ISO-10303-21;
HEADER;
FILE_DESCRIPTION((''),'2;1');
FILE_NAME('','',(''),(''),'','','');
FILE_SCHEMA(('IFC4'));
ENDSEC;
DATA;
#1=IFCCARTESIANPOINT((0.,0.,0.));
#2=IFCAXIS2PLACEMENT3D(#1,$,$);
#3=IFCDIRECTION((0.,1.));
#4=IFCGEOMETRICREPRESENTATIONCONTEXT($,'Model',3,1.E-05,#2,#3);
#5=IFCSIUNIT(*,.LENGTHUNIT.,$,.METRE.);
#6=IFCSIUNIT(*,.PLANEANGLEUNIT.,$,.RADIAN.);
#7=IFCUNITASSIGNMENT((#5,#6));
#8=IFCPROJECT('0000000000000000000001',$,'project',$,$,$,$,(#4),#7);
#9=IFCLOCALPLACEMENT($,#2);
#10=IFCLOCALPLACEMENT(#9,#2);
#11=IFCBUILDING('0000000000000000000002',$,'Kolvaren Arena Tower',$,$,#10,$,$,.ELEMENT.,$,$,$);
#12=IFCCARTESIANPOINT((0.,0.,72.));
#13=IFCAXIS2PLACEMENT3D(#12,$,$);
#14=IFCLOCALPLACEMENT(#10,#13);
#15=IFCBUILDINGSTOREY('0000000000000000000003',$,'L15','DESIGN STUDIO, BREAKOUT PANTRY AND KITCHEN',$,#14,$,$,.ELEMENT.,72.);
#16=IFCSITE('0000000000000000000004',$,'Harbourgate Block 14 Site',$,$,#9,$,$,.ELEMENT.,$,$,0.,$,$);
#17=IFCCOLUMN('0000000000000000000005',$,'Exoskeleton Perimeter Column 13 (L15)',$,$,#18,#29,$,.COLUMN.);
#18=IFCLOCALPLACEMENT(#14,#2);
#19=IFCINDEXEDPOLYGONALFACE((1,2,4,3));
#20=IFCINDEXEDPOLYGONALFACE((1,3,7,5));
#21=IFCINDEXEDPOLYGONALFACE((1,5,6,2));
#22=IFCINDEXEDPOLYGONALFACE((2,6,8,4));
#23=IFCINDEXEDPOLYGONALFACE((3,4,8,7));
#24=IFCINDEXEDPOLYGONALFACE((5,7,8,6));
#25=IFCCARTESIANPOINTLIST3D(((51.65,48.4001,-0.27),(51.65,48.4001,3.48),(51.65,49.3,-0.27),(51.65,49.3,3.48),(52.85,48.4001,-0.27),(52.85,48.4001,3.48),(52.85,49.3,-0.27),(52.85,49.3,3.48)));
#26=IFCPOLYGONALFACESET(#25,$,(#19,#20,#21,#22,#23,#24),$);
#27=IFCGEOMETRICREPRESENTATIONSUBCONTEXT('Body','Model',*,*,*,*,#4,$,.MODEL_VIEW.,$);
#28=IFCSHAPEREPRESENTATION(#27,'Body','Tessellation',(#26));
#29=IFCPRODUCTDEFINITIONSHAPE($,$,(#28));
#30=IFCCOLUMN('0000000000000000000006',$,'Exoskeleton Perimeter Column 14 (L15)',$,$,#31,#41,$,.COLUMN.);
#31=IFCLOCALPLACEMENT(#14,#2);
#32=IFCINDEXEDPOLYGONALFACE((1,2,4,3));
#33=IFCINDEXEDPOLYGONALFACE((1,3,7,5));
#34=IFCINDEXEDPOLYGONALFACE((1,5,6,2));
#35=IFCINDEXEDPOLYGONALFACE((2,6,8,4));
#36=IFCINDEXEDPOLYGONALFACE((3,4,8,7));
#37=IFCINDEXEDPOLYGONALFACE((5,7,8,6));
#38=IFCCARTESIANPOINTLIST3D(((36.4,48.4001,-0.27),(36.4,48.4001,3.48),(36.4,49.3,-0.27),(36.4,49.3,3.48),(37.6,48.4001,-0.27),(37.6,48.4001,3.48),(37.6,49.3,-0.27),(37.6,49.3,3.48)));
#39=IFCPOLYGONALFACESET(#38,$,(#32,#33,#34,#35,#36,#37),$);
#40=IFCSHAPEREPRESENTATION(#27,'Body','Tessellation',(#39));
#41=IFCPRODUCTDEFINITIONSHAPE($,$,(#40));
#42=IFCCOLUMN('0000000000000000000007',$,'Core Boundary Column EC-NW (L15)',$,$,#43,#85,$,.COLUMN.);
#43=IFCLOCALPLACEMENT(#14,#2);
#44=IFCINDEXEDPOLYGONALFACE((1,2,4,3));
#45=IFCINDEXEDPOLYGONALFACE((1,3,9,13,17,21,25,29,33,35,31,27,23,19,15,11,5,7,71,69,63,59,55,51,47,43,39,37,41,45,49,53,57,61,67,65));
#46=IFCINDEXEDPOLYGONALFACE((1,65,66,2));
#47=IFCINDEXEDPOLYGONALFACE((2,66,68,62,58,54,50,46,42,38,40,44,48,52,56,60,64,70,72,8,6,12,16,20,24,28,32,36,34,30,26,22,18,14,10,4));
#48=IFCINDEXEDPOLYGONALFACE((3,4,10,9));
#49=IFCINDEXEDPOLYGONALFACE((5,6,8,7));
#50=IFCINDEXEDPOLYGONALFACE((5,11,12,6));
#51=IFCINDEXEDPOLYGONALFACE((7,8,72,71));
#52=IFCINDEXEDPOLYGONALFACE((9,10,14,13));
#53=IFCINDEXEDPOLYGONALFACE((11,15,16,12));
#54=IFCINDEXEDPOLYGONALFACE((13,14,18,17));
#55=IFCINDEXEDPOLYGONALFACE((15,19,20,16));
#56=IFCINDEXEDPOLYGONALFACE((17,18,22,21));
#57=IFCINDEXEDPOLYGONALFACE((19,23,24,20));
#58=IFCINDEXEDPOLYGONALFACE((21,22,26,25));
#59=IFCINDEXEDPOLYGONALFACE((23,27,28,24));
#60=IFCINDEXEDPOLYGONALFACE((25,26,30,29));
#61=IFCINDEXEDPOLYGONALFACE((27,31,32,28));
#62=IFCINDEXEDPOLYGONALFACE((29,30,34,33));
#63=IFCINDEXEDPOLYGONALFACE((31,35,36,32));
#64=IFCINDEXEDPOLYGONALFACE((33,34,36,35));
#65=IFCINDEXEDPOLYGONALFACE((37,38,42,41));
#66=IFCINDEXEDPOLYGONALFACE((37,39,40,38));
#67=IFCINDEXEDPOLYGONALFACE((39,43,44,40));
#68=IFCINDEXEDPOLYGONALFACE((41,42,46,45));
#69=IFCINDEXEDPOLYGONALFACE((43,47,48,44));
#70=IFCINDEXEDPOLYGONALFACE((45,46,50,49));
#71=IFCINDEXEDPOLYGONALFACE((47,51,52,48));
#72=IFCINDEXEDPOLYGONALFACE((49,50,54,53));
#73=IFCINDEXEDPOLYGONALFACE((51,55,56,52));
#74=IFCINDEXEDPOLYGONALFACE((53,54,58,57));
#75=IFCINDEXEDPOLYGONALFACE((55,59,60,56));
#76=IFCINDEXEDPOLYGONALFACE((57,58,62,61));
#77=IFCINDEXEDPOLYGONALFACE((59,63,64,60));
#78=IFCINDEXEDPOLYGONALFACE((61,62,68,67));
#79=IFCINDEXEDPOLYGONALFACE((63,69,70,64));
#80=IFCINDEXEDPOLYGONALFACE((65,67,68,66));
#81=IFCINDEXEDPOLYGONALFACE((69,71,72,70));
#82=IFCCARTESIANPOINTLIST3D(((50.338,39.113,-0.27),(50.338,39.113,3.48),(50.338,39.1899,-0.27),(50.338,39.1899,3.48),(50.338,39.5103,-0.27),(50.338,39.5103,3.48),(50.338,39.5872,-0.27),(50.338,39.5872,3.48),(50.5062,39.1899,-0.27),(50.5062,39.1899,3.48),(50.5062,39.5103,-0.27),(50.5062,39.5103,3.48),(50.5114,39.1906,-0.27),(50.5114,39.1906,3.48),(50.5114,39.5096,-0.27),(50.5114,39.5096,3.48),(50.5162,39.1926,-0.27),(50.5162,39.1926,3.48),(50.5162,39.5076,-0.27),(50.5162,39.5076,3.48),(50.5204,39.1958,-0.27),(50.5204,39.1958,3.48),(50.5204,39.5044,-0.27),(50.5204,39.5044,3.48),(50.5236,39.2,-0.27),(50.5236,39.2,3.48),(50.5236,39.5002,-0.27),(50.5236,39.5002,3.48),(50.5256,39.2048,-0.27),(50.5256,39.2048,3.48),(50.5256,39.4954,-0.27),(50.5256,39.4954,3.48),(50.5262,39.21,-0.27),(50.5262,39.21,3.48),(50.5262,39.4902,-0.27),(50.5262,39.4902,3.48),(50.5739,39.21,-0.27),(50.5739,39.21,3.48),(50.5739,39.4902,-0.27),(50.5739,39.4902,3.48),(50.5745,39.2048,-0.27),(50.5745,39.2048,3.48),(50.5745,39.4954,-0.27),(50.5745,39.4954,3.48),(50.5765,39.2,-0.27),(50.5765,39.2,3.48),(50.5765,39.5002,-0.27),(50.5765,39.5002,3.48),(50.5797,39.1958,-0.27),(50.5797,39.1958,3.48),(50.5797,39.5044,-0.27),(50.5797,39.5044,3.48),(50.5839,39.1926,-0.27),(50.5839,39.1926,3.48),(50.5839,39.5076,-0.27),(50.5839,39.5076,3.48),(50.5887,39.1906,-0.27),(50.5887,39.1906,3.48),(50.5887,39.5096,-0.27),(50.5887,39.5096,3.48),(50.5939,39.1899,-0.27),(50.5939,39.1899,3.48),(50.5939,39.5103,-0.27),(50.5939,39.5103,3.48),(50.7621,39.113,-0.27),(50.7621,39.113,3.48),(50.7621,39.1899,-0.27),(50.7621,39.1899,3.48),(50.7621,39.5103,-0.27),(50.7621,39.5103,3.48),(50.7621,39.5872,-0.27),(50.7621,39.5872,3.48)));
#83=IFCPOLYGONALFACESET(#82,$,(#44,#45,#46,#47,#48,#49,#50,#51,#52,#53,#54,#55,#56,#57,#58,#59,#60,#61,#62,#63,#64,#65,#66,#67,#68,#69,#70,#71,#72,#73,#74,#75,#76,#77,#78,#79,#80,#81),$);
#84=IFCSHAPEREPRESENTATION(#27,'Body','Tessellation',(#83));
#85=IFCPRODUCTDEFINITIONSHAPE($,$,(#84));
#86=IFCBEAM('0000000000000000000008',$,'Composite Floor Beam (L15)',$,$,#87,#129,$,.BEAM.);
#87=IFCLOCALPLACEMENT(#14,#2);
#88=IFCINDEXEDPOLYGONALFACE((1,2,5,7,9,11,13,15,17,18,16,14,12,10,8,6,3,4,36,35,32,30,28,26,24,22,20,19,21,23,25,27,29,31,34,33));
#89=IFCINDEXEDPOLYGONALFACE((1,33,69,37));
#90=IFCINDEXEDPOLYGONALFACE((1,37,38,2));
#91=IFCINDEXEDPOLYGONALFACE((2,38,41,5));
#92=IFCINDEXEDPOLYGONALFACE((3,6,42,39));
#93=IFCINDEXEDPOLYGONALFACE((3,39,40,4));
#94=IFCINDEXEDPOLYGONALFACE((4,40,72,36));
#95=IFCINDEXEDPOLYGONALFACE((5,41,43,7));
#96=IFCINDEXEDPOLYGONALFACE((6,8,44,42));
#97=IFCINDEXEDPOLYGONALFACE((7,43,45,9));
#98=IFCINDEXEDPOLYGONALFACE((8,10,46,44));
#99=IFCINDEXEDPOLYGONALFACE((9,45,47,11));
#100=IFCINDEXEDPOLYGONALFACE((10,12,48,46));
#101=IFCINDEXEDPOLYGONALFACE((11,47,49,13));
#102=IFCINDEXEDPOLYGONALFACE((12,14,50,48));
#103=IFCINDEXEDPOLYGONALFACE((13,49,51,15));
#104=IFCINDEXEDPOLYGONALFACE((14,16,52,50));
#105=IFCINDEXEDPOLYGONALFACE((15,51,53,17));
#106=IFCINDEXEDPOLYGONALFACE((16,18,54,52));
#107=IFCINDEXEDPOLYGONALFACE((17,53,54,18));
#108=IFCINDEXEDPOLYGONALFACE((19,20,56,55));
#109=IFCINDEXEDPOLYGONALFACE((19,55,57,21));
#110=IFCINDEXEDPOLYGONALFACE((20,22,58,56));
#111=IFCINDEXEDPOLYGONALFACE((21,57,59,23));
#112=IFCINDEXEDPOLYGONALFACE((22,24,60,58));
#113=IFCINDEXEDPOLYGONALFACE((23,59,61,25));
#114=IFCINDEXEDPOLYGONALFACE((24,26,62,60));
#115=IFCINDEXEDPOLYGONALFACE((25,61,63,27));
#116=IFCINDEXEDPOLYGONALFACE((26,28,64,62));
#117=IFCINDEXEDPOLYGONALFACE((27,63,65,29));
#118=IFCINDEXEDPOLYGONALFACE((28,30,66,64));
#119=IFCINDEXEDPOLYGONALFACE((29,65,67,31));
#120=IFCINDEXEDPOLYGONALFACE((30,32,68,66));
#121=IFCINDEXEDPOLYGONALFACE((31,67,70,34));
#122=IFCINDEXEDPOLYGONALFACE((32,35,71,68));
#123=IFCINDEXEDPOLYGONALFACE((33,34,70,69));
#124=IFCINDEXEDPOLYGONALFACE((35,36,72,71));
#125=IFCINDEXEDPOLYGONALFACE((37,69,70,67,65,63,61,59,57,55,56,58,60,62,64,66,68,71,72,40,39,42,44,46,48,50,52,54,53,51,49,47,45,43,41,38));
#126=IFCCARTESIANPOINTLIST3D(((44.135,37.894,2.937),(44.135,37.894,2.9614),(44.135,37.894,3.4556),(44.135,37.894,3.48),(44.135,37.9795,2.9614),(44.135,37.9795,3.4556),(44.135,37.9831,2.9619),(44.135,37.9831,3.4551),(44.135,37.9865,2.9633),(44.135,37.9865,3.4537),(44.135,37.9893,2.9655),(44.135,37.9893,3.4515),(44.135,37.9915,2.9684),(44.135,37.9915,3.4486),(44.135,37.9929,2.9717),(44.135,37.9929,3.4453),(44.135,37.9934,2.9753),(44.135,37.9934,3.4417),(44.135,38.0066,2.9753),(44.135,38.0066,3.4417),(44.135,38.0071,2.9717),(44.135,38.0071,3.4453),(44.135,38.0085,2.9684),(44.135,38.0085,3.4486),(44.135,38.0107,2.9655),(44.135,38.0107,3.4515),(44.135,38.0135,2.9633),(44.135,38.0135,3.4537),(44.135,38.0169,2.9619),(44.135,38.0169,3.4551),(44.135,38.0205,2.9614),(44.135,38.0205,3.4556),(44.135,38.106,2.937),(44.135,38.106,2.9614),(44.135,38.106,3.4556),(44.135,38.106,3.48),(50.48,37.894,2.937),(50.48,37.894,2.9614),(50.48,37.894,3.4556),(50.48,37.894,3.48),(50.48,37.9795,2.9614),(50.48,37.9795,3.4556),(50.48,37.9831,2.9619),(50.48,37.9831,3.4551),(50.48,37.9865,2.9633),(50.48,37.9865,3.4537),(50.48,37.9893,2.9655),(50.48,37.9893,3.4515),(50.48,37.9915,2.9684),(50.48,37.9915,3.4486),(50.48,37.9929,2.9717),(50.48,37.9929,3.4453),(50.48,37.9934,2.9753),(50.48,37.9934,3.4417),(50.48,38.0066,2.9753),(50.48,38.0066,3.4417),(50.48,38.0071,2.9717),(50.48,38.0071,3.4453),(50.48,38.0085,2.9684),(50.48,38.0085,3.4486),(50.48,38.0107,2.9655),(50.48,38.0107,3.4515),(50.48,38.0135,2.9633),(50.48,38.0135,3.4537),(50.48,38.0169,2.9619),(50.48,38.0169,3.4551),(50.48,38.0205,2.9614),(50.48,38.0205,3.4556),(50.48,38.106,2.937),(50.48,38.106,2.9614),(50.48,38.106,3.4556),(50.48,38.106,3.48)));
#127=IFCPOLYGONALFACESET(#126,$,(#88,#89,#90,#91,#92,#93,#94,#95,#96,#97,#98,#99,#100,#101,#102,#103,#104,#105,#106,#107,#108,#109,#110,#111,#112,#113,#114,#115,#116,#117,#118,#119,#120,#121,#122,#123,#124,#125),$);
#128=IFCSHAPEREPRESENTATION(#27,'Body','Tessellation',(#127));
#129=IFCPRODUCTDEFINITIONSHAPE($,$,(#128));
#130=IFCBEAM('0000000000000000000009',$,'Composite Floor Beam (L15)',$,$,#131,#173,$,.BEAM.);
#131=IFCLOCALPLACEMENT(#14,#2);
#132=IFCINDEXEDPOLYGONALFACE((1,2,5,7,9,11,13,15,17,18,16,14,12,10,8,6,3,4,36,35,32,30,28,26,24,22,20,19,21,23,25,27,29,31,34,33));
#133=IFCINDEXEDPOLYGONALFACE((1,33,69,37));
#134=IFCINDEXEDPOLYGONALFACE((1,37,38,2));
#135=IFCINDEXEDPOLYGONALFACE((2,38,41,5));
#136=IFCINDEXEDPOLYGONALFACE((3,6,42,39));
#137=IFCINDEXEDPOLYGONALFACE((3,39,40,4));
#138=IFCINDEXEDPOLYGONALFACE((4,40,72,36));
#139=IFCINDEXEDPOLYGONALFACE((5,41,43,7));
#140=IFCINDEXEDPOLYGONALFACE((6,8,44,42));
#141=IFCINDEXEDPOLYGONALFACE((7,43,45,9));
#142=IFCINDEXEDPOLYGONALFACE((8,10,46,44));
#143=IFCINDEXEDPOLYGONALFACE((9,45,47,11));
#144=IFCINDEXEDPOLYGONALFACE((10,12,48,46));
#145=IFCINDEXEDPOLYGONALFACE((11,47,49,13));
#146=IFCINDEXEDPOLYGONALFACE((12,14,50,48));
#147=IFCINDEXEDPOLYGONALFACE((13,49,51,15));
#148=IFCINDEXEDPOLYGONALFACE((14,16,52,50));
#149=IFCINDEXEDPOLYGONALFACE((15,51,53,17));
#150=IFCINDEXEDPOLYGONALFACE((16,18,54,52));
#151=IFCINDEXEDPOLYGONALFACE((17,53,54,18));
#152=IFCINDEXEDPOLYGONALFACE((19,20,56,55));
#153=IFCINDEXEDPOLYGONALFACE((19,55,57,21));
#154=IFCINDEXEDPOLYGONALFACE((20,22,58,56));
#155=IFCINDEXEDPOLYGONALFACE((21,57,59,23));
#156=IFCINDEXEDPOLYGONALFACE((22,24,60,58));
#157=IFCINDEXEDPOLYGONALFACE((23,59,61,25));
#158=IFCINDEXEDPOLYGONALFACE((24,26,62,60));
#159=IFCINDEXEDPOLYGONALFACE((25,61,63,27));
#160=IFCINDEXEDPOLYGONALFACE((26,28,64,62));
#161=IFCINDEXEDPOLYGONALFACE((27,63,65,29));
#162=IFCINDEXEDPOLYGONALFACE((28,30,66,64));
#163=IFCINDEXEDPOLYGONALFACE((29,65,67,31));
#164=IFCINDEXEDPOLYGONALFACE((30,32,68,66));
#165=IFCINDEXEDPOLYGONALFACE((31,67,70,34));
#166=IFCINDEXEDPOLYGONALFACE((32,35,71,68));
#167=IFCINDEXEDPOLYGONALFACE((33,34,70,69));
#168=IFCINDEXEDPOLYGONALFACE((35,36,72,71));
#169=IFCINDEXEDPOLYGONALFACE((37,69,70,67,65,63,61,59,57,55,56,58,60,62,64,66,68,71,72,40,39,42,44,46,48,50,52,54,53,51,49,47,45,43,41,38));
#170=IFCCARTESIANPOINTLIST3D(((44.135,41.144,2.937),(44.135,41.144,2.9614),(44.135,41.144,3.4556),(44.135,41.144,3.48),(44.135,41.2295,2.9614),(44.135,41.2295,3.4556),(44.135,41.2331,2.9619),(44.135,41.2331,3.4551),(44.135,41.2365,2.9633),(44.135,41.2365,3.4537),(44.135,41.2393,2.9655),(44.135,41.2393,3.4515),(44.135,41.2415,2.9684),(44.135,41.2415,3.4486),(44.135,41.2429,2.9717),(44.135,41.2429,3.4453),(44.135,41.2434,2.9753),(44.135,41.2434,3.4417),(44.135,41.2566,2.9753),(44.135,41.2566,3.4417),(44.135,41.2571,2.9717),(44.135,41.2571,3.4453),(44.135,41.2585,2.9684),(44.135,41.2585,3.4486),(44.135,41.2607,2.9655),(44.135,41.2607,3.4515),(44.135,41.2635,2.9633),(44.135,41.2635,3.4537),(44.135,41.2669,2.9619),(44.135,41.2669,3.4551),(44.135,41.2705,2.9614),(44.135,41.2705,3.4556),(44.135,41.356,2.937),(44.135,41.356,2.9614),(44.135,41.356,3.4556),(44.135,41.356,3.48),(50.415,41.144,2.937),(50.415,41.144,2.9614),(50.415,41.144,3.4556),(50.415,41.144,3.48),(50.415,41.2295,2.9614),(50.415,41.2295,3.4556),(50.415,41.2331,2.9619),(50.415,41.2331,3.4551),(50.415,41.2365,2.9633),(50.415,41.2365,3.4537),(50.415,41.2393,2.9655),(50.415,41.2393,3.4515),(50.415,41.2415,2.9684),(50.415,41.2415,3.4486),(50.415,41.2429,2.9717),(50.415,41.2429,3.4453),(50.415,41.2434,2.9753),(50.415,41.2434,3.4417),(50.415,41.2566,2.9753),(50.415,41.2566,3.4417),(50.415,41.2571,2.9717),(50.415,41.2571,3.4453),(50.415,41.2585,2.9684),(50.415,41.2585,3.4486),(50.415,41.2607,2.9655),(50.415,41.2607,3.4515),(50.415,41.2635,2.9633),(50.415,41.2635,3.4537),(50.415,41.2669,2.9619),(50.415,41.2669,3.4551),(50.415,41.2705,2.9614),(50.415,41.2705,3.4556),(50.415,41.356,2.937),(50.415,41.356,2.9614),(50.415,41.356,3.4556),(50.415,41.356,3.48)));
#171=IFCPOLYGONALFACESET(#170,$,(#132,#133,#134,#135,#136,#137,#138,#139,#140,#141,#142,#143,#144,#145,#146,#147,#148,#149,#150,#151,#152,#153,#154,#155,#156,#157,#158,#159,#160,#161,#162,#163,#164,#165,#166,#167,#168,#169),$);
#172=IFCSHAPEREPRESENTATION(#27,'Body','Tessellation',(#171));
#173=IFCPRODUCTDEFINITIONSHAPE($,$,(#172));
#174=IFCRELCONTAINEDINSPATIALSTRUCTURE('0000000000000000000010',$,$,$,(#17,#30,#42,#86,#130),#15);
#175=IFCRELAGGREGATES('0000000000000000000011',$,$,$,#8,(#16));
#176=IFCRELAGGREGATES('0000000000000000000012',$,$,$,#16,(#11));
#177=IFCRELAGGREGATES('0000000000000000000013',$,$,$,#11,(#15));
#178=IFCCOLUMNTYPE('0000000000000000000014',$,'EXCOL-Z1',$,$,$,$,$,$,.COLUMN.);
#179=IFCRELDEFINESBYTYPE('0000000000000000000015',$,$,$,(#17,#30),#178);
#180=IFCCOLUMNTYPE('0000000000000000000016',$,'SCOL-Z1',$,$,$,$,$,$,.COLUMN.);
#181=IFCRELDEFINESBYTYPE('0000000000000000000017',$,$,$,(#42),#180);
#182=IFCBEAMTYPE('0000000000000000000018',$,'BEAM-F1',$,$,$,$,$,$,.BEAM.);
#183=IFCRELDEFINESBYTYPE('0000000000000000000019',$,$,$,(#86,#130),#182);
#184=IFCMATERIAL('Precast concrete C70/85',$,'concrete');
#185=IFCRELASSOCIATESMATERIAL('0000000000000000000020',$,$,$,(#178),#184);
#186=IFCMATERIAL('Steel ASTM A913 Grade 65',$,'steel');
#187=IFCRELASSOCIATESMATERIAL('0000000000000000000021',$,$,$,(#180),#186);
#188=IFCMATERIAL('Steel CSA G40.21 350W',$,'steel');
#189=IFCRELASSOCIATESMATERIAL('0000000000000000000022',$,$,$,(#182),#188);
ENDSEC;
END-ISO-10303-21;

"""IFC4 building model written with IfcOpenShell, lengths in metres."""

from ifc_helpers import new_model, si_unit, direction, frame, origin, origin_2d, place, context, subcontext, project, spatial, rectangle, i_section, extrude, material, material_profile, profile_set, type_object, element, save


model = new_model("IFC4")

# Units and contexts
model_context = context("Model", 3, precision=1e-05, world=origin(), true_north=direction((0.0, 1.0)))
body_context = subcontext(model_context, "Body", "Model", "MODEL_VIEW")
ifc_project = project(units=[si_unit("LENGTHUNIT", "METRE"), si_unit("PLANEANGLEUNIT", "RADIAN")], contexts=[model_context])

# Site, building, storey
site_placement = place(None, origin())
site = spatial("IfcSite", under=ifc_project, at=site_placement, Name="Harbourgate Block 14 Site", CompositionType="ELEMENT", RefElevation=0.0)
building_placement = place(site_placement, origin())
building = spatial("IfcBuilding", under=site, at=building_placement, Name="Kolvaren Arena Tower", CompositionType="ELEMENT")
storey_placement = place(building_placement, frame((0.0, 0.0, 72.0)))
storey = spatial("IfcBuildingStorey", under=building, at=storey_placement, Name="L15", Description="DESIGN STUDIO, BREAKOUT PANTRY AND KITCHEN", CompositionType="ELEMENT", Elevation=72.0)

# Columns
ifc_material_1 = material(Name="Precast concrete C70/85", Category="concrete")
ifc_material_profile_1 = material_profile(ifc_material_1, rectangle(XDim=1.2, YDim=0.8999, at=origin_2d()), Name="RC-1200x900")
ifc_profile_set_1 = profile_set([ifc_material_profile_1], Name="Precast concrete C70/85")
column_type_1 = type_object("IfcColumnType", Name="EXCOL-Z1", PredefinedType="COLUMN", material=ifc_profile_set_1)
for number, where, z_axis, x_axis, name in (
    (1, (52.25, 48.8501, -0.27), (0.0, 0.0, 1.0), (1.0, 0.0, 0.0), "Exoskeleton Perimeter Column 13 (L15)"),
    (2, (37.0, 48.8501, -0.27), (0.0, 0.0, 1.0), (1.0, 0.0, 0.0), "Exoskeleton Perimeter Column 14 (L15)"),
):
    element("IfcColumn", number, at=place(storey_placement, frame(where, z_axis=z_axis, x_axis=x_axis)), inside=storey, type_object=column_type_1, Name=name, PredefinedType="COLUMN", context=body_context, shape_type="SweptSolid", body=[
        extrude(rectangle(XDim=1.2, YDim=0.8999, at=origin_2d()), origin(), (0.0, 0.0, 1.0), 3.75),
    ])
ifc_material_2 = material(Name="Steel ASTM A913 Grade 65", Category="steel")
ifc_material_profile_2 = material_profile(ifc_material_2, i_section(OverallWidth=0.4241, OverallDepth=0.4741, WebThickness=0.0476, FlangeThickness=0.0769, FilletRadius=0.02, at=origin_2d()), Name="W360x634")
ifc_profile_set_2 = profile_set([ifc_material_profile_2], Name="Steel ASTM A913 Grade 65")
column_type_2 = type_object("IfcColumnType", Name="SCOL-Z1", PredefinedType="COLUMN", material=ifc_profile_set_2)
column_placement = place(storey_placement, frame((50.55, 39.3501, -0.27), z_axis=(0.0, 0.0, 1.0), x_axis=(1.0, 0.0, 0.0)))
element("IfcColumn", 3, at=column_placement, inside=storey, type_object=column_type_2, Name="Core Boundary Column EC-NW (L15)", PredefinedType="COLUMN", context=body_context, shape_type="SweptSolid", body=[
    extrude(i_section(OverallWidth=0.4241, OverallDepth=0.4741, WebThickness=0.0476, FlangeThickness=0.0769, FilletRadius=0.02, at=origin_2d()), origin(), (0.0, 0.0, 1.0), 3.75),
])

# Beams
ifc_material_3 = material(Name="Steel CSA G40.21 350W", Category="steel")
ifc_material_profile_3 = material_profile(ifc_material_3, i_section(OverallWidth=0.2119, OverallDepth=0.543, WebThickness=0.0132, FlangeThickness=0.0244, FilletRadius=0.0139, at=origin_2d()), Name="W530x150")
ifc_profile_set_3 = profile_set([ifc_material_profile_3], Name="Steel CSA G40.21 350W")
beam_type_1 = type_object("IfcBeamType", Name="BEAM-F1", PredefinedType="BEAM", material=ifc_profile_set_3)
beam_1_placement = place(storey_placement, frame((44.135, 38.0, 3.2085), z_axis=(1.0, 0.0, 0.0), x_axis=(0.0, 1.0, 0.0)))
element("IfcBeam", 4, at=beam_1_placement, inside=storey, type_object=beam_type_1, Name="Composite Floor Beam (L15)", PredefinedType="BEAM", context=body_context, shape_type="SweptSolid", body=[
    extrude(i_section(OverallWidth=0.2119, OverallDepth=0.543, WebThickness=0.0132, FlangeThickness=0.0244, FilletRadius=0.0139, at=origin_2d()), origin(), (0.0, 0.0, 1.0), 6.345),
])
beam_2_placement = place(storey_placement, frame((44.135, 41.25, 3.2085), z_axis=(1.0, 0.0, 0.0), x_axis=(0.0, 1.0, 0.0)))
element("IfcBeam", 5, at=beam_2_placement, inside=storey, type_object=beam_type_1, Name="Composite Floor Beam (L15)", PredefinedType="BEAM", context=body_context, shape_type="SweptSolid", body=[
    extrude(i_section(OverallWidth=0.2119, OverallDepth=0.543, WebThickness=0.0132, FlangeThickness=0.0244, FilletRadius=0.0139, at=origin_2d()), origin(), (0.0, 0.0, 1.0), 6.28),
])

save(model, "model.ifc")
